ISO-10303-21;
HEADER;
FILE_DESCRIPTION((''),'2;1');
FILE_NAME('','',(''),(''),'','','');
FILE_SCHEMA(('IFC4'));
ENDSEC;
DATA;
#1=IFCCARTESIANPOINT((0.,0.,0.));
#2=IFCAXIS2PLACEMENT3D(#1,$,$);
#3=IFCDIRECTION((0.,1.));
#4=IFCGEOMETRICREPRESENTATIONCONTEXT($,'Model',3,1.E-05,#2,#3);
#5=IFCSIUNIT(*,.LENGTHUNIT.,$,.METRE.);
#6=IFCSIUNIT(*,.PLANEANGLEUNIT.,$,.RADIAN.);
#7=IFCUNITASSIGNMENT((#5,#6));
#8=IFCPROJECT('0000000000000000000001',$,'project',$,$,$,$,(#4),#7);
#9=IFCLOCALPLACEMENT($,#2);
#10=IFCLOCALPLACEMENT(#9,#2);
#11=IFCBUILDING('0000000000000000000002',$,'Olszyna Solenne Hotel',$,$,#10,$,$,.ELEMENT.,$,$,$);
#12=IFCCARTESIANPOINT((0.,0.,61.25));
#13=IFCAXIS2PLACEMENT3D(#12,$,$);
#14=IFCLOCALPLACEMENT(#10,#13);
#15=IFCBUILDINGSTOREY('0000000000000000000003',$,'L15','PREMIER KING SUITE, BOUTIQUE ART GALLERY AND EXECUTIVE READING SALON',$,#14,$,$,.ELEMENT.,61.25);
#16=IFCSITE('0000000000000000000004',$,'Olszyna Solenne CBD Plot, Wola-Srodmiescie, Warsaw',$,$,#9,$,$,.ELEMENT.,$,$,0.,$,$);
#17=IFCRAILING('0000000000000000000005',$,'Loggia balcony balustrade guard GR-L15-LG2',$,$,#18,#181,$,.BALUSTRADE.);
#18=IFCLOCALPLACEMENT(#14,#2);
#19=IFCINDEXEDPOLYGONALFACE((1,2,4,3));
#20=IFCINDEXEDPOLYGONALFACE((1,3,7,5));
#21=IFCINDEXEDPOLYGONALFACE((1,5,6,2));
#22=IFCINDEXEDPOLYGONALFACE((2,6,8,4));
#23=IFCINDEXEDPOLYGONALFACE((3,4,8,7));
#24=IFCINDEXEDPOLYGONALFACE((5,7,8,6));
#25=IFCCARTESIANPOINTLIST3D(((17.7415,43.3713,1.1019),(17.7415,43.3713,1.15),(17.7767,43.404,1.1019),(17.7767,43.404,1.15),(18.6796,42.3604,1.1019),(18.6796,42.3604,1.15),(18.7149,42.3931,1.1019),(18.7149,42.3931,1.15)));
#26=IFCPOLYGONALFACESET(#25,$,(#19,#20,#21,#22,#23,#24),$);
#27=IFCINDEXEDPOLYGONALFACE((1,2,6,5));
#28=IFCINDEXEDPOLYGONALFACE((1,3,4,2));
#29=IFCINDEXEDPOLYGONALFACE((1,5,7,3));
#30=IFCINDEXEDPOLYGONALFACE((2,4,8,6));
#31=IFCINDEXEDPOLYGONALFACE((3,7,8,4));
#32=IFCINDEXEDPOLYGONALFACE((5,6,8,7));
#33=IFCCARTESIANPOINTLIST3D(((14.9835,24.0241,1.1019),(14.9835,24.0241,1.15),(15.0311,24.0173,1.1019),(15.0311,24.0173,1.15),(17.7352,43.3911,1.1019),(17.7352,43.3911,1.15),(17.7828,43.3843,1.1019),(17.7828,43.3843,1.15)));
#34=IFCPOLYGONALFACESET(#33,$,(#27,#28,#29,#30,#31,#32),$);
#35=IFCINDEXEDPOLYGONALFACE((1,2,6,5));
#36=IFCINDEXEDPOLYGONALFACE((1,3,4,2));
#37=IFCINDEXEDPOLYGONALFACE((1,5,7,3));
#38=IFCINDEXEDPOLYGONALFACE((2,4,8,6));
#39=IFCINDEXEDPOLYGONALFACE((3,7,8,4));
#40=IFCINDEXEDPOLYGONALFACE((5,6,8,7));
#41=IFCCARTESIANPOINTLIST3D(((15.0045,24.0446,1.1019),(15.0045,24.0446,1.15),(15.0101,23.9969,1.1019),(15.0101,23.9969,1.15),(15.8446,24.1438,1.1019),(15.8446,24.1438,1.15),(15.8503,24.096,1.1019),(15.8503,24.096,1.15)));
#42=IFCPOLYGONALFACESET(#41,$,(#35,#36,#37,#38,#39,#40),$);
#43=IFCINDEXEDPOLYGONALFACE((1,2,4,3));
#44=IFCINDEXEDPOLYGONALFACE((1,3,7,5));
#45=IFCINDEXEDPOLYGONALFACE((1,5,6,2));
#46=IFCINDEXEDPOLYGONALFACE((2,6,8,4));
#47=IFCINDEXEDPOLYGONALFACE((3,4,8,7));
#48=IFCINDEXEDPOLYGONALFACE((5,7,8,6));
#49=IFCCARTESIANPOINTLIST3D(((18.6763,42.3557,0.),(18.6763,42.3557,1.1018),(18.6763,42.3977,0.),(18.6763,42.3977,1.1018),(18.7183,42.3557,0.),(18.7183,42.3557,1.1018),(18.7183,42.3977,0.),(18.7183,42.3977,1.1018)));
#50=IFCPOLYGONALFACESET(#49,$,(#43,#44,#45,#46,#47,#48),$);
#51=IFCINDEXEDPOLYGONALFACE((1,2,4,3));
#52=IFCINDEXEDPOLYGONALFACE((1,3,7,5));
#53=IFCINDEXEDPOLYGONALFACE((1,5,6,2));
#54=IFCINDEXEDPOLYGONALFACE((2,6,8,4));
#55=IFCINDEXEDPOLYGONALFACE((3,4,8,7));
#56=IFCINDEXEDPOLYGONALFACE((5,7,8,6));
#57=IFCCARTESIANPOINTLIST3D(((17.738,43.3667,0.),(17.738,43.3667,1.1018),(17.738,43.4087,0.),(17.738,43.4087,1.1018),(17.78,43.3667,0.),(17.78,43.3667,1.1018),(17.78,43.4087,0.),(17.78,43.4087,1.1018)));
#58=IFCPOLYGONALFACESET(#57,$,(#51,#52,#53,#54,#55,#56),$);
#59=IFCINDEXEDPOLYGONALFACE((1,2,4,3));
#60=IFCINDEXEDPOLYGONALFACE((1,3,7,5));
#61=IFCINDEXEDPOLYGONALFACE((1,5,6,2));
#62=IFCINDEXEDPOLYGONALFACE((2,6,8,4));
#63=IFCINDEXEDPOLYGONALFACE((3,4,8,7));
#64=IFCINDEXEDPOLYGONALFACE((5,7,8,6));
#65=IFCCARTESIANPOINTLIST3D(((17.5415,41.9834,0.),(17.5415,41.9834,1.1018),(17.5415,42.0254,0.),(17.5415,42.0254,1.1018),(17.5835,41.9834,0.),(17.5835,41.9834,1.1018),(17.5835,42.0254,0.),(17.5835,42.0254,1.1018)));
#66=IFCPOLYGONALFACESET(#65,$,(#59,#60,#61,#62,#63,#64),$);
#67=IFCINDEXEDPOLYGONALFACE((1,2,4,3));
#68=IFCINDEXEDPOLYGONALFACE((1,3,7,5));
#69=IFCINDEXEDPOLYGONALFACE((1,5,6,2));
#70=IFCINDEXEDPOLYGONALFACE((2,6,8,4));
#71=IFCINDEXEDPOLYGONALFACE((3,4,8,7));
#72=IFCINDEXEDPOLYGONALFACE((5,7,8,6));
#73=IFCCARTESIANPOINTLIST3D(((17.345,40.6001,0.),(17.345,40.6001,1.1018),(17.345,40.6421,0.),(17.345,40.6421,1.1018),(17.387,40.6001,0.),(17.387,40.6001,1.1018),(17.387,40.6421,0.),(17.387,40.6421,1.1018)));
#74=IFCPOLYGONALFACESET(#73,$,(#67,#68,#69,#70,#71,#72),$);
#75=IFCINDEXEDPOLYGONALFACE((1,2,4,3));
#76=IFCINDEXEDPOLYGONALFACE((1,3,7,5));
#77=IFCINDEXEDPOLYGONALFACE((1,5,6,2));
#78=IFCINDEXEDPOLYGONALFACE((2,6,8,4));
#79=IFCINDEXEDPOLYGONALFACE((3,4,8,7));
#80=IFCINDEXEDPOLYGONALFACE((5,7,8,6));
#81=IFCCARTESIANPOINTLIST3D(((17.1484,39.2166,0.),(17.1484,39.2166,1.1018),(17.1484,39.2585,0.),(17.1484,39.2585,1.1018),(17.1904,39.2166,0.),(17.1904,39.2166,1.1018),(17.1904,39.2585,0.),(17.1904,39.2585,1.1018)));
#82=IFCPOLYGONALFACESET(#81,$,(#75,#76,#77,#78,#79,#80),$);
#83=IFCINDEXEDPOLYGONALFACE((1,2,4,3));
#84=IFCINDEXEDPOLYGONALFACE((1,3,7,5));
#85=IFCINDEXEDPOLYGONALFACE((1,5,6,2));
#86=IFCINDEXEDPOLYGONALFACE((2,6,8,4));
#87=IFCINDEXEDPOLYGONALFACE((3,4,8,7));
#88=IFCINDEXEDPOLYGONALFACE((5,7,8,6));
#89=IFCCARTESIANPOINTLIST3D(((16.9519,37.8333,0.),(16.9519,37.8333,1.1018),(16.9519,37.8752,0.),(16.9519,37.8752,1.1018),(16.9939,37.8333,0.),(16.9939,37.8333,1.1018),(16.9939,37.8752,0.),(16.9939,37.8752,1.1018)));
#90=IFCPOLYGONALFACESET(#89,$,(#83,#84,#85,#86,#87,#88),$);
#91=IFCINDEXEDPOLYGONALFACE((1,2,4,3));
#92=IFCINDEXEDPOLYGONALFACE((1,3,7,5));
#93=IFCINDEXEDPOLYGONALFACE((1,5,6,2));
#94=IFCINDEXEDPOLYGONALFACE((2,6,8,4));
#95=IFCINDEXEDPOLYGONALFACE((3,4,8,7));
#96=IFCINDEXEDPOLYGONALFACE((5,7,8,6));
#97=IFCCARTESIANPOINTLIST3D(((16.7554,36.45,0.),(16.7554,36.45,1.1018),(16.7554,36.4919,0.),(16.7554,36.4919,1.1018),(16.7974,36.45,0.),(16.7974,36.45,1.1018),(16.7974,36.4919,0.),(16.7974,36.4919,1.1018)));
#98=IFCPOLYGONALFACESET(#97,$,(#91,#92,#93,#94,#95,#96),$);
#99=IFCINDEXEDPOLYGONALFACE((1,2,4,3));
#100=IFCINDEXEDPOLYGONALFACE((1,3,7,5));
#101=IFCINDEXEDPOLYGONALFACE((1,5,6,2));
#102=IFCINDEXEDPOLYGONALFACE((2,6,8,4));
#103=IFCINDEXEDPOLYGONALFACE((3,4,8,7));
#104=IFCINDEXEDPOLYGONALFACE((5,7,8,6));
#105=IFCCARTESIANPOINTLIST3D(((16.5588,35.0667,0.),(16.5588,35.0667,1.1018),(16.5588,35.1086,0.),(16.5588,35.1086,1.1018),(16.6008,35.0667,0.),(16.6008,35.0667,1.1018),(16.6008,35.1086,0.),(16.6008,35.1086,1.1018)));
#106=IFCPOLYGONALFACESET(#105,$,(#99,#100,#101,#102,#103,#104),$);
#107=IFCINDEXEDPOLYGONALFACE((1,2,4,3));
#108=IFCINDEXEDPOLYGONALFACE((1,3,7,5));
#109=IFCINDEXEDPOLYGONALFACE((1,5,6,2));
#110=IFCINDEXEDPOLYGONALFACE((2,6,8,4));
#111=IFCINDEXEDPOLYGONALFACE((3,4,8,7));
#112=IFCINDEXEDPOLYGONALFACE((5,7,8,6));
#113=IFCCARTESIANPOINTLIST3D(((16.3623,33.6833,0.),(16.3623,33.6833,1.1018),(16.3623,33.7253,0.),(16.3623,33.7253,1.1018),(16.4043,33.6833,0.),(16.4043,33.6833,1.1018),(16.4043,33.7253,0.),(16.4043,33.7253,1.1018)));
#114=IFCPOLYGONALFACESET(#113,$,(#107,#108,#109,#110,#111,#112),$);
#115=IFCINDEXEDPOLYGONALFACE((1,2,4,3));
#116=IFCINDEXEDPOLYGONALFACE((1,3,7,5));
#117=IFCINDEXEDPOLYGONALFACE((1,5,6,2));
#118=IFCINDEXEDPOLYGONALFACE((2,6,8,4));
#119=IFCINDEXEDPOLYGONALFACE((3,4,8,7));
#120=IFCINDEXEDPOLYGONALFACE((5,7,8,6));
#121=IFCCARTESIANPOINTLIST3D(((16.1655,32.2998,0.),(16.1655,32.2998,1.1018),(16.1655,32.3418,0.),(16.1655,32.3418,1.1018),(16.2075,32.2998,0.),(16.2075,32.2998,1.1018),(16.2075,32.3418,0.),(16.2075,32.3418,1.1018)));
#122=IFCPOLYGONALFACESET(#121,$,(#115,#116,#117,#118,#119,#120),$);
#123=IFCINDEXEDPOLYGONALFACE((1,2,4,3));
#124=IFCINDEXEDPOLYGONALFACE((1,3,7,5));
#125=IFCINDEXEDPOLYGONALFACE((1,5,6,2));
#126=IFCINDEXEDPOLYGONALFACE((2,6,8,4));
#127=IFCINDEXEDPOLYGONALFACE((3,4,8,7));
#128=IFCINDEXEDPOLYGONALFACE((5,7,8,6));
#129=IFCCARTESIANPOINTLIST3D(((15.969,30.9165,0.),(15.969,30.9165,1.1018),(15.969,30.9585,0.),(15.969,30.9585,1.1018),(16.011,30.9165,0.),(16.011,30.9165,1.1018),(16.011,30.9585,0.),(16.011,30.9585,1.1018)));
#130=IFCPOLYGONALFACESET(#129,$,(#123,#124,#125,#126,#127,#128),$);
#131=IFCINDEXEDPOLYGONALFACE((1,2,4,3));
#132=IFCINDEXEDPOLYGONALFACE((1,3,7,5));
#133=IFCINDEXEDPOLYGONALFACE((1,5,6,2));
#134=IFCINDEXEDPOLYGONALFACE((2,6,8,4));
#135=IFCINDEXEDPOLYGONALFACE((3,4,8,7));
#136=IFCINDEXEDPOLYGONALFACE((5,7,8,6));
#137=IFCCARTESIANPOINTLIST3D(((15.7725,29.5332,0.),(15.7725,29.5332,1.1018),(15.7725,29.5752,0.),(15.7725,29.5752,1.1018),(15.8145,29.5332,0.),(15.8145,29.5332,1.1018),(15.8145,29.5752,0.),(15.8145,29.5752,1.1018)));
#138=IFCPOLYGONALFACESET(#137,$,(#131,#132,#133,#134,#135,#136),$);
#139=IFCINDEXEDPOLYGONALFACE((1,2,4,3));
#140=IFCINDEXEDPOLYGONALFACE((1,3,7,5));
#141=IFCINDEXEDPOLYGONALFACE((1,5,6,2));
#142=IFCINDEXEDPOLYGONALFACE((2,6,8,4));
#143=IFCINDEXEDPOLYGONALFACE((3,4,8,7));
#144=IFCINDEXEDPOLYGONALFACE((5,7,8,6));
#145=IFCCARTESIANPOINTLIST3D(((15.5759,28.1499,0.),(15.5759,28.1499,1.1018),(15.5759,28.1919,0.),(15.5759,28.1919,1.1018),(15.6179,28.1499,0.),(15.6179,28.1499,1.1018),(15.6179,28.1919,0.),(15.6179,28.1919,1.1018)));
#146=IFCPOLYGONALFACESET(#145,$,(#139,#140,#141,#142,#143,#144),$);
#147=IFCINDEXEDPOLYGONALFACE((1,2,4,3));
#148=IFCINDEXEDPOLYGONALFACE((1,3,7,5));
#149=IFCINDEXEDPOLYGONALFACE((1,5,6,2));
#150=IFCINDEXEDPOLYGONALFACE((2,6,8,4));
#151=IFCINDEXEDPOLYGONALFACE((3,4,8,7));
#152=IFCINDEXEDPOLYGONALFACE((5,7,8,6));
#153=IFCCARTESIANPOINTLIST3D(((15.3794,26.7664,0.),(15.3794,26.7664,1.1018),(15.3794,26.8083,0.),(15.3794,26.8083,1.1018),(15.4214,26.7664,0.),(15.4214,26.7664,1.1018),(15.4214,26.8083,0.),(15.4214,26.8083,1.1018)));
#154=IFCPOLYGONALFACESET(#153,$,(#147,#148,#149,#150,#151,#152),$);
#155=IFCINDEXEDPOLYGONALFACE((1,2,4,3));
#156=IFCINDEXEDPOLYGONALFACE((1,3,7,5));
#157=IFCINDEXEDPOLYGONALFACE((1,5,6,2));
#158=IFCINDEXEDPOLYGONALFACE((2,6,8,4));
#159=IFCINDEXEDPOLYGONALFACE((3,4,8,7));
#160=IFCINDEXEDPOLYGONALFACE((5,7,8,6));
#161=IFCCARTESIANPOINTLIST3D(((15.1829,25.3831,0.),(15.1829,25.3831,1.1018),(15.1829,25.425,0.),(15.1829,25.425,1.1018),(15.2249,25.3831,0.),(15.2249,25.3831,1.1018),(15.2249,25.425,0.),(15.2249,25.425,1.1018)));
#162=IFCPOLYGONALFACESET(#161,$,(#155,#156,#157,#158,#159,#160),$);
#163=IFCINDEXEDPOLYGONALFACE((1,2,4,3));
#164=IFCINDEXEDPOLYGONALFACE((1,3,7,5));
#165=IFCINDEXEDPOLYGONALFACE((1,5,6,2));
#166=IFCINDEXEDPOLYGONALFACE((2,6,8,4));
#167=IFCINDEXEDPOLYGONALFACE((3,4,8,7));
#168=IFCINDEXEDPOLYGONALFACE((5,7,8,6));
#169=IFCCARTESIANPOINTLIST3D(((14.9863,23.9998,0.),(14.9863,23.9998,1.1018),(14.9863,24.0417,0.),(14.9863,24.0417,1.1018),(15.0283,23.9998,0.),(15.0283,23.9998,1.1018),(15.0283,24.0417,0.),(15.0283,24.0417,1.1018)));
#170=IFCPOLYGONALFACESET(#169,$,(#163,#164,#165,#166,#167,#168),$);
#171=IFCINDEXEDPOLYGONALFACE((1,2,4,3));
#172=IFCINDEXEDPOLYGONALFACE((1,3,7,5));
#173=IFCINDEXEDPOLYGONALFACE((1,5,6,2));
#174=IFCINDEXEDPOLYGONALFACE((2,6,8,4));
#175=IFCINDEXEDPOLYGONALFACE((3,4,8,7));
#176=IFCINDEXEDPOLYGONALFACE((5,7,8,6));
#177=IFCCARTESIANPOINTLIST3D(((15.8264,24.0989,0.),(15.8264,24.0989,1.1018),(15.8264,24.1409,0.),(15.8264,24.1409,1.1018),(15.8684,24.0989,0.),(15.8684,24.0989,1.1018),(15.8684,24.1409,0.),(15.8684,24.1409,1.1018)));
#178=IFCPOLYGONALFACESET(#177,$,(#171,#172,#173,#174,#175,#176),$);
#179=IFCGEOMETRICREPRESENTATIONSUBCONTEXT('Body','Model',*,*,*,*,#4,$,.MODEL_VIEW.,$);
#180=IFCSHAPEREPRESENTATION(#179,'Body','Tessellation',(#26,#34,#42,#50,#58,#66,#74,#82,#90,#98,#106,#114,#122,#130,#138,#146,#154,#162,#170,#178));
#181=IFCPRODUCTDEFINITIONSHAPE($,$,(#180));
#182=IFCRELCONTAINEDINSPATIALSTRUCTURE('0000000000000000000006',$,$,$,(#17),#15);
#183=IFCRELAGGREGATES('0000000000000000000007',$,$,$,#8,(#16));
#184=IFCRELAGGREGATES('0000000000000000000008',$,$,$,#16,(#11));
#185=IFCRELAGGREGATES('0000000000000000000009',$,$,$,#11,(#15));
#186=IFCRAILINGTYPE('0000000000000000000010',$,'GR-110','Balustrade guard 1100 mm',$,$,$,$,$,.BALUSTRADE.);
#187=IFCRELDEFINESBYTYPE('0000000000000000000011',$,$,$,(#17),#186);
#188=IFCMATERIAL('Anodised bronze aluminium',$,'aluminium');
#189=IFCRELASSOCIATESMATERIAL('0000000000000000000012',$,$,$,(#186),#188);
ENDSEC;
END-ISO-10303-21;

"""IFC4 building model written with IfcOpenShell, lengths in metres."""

from ifc_helpers import new_model, si_unit, direction, frame, origin, origin_2d, place, context, subcontext, project, spatial, rectangle, extrude, material, type_object, element, save


model = new_model("IFC4")

# Units and contexts
model_context = context("Model", 3, precision=1e-05, world=origin(), true_north=direction((0.0, 1.0)))
body_context = subcontext(model_context, "Body", "Model", "MODEL_VIEW")
ifc_project = project(units=[si_unit("LENGTHUNIT", "METRE"), si_unit("PLANEANGLEUNIT", "RADIAN")], contexts=[model_context])

# Site, building, storey
site_placement = place(None, origin())
site = spatial("IfcSite", under=ifc_project, at=site_placement, Name="Olszyna Solenne CBD Plot, Wola-Srodmiescie, Warsaw", CompositionType="ELEMENT", RefElevation=0.0)
building_placement = place(site_placement, origin())
building = spatial("IfcBuilding", under=site, at=building_placement, Name="Olszyna Solenne Hotel", CompositionType="ELEMENT")
storey_placement = place(building_placement, frame((0.0, 0.0, 61.25)))
storey = spatial("IfcBuildingStorey", under=building, at=storey_placement, Name="L15", Description="PREMIER KING SUITE, BOUTIQUE ART GALLERY AND EXECUTIVE READING SALON", CompositionType="ELEMENT", Elevation=61.25)

# Shared definitions
ifc_material_1 = material(Name="Anodised bronze aluminium", Category="aluminium")

# Railing
railing_type = type_object("IfcRailingType", Name="GR-110", Description="Balustrade guard 1100 mm", PredefinedType="BALUSTRADE", material=ifc_material_1)
railing_placement = place(storey_placement, frame((18.6973, 42.3767, 0.0)))
element("IfcRailing", 1, at=railing_placement, inside=storey, type_object=railing_type, Name="Loggia balcony balustrade guard GR-L15-LG2", PredefinedType="BALUSTRADE", context=body_context, shape_type="SweptSolid", body=[
    extrude(rectangle(XDim=0.0481, YDim=0.0481, at=origin_2d()), frame((0.0, 0.0, 1.126), z_axis=(-0.680241, 0.732989, 0.0), x_axis=(-0.732989, -0.680241, 0.0)), (0.0, 0.0, 1.0), 1.3792),
    extrude(rectangle(XDim=0.0481, YDim=0.0481, at=origin_2d()), frame((-0.9382, 1.011, 1.126), z_axis=(-0.14067, -0.990057, 0.0), x_axis=(0.990057, -0.14067, 0.0)), (0.0, 0.0, 1.0), 19.5615),
    extrude(rectangle(XDim=0.0481, YDim=0.0481, at=origin_2d()), frame((-3.6899, -18.356, 1.126), z_axis=(0.993111, 0.117176, 0.0), x_axis=(-0.117176, 0.993111, 0.0)), (0.0, 0.0, 1.0), 0.8459),
    extrude(rectangle(XDim=0.042, YDim=0.042, at=origin_2d()), origin(), (0.0, 0.0, 1.0), 1.1018),
    extrude(rectangle(XDim=0.042, YDim=0.042, at=origin_2d()), frame((-0.9382, 1.011, 0.0)), (0.0, 0.0, 1.0), 1.1018),
    extrude(rectangle(XDim=0.042, YDim=0.042, at=origin_2d()), frame((-1.1348, -0.3723, 0.0)), (0.0, 0.0, 1.0), 1.1018),
    extrude(rectangle(XDim=0.042, YDim=0.042, at=origin_2d()), frame((-1.3313, -1.7556, 0.0)), (0.0, 0.0, 1.0), 1.1018),
    extrude(rectangle(XDim=0.042, YDim=0.042, at=origin_2d()), frame((-1.5278, -3.1392, 0.0)), (0.0, 0.0, 1.0), 1.1018),
    extrude(rectangle(XDim=0.042, YDim=0.042, at=origin_2d()), frame((-1.7244, -4.5225, 0.0)), (0.0, 0.0, 1.0), 1.1018),
    extrude(rectangle(XDim=0.042, YDim=0.042, at=origin_2d()), frame((-1.9209, -5.9058, 0.0)), (0.0, 0.0, 1.0), 1.1018),
    extrude(rectangle(XDim=0.042, YDim=0.042, at=origin_2d()), frame((-2.1174, -7.2891, 0.0)), (0.0, 0.0, 1.0), 1.1018),
    extrude(rectangle(XDim=0.042, YDim=0.042, at=origin_2d()), frame((-2.314, -8.6724, 0.0)), (0.0, 0.0, 1.0), 1.1018),
    extrude(rectangle(XDim=0.042, YDim=0.042, at=origin_2d()), frame((-2.5107, -10.0559, 0.0)), (0.0, 0.0, 1.0), 1.1018),
    extrude(rectangle(XDim=0.042, YDim=0.042, at=origin_2d()), frame((-2.7073, -11.4392, 0.0)), (0.0, 0.0, 1.0), 1.1018),
    extrude(rectangle(XDim=0.042, YDim=0.042, at=origin_2d()), frame((-2.9038, -12.8225, 0.0)), (0.0, 0.0, 1.0), 1.1018),
    extrude(rectangle(XDim=0.042, YDim=0.042, at=origin_2d()), frame((-3.1003, -14.2058, 0.0)), (0.0, 0.0, 1.0), 1.1018),
    extrude(rectangle(XDim=0.042, YDim=0.042, at=origin_2d()), frame((-3.2969, -15.5894, 0.0)), (0.0, 0.0, 1.0), 1.1018),
    extrude(rectangle(XDim=0.042, YDim=0.042, at=origin_2d()), frame((-3.4934, -16.9727, 0.0)), (0.0, 0.0, 1.0), 1.1018),
    extrude(rectangle(XDim=0.042, YDim=0.042, at=origin_2d()), frame((-3.6899, -18.356, 0.0)), (0.0, 0.0, 1.0), 1.1018),
    extrude(rectangle(XDim=0.042, YDim=0.042, at=origin_2d()), frame((-2.8499, -18.2568, 0.0)), (0.0, 0.0, 1.0), 1.1018),
])

save(model, "model.ifc")
